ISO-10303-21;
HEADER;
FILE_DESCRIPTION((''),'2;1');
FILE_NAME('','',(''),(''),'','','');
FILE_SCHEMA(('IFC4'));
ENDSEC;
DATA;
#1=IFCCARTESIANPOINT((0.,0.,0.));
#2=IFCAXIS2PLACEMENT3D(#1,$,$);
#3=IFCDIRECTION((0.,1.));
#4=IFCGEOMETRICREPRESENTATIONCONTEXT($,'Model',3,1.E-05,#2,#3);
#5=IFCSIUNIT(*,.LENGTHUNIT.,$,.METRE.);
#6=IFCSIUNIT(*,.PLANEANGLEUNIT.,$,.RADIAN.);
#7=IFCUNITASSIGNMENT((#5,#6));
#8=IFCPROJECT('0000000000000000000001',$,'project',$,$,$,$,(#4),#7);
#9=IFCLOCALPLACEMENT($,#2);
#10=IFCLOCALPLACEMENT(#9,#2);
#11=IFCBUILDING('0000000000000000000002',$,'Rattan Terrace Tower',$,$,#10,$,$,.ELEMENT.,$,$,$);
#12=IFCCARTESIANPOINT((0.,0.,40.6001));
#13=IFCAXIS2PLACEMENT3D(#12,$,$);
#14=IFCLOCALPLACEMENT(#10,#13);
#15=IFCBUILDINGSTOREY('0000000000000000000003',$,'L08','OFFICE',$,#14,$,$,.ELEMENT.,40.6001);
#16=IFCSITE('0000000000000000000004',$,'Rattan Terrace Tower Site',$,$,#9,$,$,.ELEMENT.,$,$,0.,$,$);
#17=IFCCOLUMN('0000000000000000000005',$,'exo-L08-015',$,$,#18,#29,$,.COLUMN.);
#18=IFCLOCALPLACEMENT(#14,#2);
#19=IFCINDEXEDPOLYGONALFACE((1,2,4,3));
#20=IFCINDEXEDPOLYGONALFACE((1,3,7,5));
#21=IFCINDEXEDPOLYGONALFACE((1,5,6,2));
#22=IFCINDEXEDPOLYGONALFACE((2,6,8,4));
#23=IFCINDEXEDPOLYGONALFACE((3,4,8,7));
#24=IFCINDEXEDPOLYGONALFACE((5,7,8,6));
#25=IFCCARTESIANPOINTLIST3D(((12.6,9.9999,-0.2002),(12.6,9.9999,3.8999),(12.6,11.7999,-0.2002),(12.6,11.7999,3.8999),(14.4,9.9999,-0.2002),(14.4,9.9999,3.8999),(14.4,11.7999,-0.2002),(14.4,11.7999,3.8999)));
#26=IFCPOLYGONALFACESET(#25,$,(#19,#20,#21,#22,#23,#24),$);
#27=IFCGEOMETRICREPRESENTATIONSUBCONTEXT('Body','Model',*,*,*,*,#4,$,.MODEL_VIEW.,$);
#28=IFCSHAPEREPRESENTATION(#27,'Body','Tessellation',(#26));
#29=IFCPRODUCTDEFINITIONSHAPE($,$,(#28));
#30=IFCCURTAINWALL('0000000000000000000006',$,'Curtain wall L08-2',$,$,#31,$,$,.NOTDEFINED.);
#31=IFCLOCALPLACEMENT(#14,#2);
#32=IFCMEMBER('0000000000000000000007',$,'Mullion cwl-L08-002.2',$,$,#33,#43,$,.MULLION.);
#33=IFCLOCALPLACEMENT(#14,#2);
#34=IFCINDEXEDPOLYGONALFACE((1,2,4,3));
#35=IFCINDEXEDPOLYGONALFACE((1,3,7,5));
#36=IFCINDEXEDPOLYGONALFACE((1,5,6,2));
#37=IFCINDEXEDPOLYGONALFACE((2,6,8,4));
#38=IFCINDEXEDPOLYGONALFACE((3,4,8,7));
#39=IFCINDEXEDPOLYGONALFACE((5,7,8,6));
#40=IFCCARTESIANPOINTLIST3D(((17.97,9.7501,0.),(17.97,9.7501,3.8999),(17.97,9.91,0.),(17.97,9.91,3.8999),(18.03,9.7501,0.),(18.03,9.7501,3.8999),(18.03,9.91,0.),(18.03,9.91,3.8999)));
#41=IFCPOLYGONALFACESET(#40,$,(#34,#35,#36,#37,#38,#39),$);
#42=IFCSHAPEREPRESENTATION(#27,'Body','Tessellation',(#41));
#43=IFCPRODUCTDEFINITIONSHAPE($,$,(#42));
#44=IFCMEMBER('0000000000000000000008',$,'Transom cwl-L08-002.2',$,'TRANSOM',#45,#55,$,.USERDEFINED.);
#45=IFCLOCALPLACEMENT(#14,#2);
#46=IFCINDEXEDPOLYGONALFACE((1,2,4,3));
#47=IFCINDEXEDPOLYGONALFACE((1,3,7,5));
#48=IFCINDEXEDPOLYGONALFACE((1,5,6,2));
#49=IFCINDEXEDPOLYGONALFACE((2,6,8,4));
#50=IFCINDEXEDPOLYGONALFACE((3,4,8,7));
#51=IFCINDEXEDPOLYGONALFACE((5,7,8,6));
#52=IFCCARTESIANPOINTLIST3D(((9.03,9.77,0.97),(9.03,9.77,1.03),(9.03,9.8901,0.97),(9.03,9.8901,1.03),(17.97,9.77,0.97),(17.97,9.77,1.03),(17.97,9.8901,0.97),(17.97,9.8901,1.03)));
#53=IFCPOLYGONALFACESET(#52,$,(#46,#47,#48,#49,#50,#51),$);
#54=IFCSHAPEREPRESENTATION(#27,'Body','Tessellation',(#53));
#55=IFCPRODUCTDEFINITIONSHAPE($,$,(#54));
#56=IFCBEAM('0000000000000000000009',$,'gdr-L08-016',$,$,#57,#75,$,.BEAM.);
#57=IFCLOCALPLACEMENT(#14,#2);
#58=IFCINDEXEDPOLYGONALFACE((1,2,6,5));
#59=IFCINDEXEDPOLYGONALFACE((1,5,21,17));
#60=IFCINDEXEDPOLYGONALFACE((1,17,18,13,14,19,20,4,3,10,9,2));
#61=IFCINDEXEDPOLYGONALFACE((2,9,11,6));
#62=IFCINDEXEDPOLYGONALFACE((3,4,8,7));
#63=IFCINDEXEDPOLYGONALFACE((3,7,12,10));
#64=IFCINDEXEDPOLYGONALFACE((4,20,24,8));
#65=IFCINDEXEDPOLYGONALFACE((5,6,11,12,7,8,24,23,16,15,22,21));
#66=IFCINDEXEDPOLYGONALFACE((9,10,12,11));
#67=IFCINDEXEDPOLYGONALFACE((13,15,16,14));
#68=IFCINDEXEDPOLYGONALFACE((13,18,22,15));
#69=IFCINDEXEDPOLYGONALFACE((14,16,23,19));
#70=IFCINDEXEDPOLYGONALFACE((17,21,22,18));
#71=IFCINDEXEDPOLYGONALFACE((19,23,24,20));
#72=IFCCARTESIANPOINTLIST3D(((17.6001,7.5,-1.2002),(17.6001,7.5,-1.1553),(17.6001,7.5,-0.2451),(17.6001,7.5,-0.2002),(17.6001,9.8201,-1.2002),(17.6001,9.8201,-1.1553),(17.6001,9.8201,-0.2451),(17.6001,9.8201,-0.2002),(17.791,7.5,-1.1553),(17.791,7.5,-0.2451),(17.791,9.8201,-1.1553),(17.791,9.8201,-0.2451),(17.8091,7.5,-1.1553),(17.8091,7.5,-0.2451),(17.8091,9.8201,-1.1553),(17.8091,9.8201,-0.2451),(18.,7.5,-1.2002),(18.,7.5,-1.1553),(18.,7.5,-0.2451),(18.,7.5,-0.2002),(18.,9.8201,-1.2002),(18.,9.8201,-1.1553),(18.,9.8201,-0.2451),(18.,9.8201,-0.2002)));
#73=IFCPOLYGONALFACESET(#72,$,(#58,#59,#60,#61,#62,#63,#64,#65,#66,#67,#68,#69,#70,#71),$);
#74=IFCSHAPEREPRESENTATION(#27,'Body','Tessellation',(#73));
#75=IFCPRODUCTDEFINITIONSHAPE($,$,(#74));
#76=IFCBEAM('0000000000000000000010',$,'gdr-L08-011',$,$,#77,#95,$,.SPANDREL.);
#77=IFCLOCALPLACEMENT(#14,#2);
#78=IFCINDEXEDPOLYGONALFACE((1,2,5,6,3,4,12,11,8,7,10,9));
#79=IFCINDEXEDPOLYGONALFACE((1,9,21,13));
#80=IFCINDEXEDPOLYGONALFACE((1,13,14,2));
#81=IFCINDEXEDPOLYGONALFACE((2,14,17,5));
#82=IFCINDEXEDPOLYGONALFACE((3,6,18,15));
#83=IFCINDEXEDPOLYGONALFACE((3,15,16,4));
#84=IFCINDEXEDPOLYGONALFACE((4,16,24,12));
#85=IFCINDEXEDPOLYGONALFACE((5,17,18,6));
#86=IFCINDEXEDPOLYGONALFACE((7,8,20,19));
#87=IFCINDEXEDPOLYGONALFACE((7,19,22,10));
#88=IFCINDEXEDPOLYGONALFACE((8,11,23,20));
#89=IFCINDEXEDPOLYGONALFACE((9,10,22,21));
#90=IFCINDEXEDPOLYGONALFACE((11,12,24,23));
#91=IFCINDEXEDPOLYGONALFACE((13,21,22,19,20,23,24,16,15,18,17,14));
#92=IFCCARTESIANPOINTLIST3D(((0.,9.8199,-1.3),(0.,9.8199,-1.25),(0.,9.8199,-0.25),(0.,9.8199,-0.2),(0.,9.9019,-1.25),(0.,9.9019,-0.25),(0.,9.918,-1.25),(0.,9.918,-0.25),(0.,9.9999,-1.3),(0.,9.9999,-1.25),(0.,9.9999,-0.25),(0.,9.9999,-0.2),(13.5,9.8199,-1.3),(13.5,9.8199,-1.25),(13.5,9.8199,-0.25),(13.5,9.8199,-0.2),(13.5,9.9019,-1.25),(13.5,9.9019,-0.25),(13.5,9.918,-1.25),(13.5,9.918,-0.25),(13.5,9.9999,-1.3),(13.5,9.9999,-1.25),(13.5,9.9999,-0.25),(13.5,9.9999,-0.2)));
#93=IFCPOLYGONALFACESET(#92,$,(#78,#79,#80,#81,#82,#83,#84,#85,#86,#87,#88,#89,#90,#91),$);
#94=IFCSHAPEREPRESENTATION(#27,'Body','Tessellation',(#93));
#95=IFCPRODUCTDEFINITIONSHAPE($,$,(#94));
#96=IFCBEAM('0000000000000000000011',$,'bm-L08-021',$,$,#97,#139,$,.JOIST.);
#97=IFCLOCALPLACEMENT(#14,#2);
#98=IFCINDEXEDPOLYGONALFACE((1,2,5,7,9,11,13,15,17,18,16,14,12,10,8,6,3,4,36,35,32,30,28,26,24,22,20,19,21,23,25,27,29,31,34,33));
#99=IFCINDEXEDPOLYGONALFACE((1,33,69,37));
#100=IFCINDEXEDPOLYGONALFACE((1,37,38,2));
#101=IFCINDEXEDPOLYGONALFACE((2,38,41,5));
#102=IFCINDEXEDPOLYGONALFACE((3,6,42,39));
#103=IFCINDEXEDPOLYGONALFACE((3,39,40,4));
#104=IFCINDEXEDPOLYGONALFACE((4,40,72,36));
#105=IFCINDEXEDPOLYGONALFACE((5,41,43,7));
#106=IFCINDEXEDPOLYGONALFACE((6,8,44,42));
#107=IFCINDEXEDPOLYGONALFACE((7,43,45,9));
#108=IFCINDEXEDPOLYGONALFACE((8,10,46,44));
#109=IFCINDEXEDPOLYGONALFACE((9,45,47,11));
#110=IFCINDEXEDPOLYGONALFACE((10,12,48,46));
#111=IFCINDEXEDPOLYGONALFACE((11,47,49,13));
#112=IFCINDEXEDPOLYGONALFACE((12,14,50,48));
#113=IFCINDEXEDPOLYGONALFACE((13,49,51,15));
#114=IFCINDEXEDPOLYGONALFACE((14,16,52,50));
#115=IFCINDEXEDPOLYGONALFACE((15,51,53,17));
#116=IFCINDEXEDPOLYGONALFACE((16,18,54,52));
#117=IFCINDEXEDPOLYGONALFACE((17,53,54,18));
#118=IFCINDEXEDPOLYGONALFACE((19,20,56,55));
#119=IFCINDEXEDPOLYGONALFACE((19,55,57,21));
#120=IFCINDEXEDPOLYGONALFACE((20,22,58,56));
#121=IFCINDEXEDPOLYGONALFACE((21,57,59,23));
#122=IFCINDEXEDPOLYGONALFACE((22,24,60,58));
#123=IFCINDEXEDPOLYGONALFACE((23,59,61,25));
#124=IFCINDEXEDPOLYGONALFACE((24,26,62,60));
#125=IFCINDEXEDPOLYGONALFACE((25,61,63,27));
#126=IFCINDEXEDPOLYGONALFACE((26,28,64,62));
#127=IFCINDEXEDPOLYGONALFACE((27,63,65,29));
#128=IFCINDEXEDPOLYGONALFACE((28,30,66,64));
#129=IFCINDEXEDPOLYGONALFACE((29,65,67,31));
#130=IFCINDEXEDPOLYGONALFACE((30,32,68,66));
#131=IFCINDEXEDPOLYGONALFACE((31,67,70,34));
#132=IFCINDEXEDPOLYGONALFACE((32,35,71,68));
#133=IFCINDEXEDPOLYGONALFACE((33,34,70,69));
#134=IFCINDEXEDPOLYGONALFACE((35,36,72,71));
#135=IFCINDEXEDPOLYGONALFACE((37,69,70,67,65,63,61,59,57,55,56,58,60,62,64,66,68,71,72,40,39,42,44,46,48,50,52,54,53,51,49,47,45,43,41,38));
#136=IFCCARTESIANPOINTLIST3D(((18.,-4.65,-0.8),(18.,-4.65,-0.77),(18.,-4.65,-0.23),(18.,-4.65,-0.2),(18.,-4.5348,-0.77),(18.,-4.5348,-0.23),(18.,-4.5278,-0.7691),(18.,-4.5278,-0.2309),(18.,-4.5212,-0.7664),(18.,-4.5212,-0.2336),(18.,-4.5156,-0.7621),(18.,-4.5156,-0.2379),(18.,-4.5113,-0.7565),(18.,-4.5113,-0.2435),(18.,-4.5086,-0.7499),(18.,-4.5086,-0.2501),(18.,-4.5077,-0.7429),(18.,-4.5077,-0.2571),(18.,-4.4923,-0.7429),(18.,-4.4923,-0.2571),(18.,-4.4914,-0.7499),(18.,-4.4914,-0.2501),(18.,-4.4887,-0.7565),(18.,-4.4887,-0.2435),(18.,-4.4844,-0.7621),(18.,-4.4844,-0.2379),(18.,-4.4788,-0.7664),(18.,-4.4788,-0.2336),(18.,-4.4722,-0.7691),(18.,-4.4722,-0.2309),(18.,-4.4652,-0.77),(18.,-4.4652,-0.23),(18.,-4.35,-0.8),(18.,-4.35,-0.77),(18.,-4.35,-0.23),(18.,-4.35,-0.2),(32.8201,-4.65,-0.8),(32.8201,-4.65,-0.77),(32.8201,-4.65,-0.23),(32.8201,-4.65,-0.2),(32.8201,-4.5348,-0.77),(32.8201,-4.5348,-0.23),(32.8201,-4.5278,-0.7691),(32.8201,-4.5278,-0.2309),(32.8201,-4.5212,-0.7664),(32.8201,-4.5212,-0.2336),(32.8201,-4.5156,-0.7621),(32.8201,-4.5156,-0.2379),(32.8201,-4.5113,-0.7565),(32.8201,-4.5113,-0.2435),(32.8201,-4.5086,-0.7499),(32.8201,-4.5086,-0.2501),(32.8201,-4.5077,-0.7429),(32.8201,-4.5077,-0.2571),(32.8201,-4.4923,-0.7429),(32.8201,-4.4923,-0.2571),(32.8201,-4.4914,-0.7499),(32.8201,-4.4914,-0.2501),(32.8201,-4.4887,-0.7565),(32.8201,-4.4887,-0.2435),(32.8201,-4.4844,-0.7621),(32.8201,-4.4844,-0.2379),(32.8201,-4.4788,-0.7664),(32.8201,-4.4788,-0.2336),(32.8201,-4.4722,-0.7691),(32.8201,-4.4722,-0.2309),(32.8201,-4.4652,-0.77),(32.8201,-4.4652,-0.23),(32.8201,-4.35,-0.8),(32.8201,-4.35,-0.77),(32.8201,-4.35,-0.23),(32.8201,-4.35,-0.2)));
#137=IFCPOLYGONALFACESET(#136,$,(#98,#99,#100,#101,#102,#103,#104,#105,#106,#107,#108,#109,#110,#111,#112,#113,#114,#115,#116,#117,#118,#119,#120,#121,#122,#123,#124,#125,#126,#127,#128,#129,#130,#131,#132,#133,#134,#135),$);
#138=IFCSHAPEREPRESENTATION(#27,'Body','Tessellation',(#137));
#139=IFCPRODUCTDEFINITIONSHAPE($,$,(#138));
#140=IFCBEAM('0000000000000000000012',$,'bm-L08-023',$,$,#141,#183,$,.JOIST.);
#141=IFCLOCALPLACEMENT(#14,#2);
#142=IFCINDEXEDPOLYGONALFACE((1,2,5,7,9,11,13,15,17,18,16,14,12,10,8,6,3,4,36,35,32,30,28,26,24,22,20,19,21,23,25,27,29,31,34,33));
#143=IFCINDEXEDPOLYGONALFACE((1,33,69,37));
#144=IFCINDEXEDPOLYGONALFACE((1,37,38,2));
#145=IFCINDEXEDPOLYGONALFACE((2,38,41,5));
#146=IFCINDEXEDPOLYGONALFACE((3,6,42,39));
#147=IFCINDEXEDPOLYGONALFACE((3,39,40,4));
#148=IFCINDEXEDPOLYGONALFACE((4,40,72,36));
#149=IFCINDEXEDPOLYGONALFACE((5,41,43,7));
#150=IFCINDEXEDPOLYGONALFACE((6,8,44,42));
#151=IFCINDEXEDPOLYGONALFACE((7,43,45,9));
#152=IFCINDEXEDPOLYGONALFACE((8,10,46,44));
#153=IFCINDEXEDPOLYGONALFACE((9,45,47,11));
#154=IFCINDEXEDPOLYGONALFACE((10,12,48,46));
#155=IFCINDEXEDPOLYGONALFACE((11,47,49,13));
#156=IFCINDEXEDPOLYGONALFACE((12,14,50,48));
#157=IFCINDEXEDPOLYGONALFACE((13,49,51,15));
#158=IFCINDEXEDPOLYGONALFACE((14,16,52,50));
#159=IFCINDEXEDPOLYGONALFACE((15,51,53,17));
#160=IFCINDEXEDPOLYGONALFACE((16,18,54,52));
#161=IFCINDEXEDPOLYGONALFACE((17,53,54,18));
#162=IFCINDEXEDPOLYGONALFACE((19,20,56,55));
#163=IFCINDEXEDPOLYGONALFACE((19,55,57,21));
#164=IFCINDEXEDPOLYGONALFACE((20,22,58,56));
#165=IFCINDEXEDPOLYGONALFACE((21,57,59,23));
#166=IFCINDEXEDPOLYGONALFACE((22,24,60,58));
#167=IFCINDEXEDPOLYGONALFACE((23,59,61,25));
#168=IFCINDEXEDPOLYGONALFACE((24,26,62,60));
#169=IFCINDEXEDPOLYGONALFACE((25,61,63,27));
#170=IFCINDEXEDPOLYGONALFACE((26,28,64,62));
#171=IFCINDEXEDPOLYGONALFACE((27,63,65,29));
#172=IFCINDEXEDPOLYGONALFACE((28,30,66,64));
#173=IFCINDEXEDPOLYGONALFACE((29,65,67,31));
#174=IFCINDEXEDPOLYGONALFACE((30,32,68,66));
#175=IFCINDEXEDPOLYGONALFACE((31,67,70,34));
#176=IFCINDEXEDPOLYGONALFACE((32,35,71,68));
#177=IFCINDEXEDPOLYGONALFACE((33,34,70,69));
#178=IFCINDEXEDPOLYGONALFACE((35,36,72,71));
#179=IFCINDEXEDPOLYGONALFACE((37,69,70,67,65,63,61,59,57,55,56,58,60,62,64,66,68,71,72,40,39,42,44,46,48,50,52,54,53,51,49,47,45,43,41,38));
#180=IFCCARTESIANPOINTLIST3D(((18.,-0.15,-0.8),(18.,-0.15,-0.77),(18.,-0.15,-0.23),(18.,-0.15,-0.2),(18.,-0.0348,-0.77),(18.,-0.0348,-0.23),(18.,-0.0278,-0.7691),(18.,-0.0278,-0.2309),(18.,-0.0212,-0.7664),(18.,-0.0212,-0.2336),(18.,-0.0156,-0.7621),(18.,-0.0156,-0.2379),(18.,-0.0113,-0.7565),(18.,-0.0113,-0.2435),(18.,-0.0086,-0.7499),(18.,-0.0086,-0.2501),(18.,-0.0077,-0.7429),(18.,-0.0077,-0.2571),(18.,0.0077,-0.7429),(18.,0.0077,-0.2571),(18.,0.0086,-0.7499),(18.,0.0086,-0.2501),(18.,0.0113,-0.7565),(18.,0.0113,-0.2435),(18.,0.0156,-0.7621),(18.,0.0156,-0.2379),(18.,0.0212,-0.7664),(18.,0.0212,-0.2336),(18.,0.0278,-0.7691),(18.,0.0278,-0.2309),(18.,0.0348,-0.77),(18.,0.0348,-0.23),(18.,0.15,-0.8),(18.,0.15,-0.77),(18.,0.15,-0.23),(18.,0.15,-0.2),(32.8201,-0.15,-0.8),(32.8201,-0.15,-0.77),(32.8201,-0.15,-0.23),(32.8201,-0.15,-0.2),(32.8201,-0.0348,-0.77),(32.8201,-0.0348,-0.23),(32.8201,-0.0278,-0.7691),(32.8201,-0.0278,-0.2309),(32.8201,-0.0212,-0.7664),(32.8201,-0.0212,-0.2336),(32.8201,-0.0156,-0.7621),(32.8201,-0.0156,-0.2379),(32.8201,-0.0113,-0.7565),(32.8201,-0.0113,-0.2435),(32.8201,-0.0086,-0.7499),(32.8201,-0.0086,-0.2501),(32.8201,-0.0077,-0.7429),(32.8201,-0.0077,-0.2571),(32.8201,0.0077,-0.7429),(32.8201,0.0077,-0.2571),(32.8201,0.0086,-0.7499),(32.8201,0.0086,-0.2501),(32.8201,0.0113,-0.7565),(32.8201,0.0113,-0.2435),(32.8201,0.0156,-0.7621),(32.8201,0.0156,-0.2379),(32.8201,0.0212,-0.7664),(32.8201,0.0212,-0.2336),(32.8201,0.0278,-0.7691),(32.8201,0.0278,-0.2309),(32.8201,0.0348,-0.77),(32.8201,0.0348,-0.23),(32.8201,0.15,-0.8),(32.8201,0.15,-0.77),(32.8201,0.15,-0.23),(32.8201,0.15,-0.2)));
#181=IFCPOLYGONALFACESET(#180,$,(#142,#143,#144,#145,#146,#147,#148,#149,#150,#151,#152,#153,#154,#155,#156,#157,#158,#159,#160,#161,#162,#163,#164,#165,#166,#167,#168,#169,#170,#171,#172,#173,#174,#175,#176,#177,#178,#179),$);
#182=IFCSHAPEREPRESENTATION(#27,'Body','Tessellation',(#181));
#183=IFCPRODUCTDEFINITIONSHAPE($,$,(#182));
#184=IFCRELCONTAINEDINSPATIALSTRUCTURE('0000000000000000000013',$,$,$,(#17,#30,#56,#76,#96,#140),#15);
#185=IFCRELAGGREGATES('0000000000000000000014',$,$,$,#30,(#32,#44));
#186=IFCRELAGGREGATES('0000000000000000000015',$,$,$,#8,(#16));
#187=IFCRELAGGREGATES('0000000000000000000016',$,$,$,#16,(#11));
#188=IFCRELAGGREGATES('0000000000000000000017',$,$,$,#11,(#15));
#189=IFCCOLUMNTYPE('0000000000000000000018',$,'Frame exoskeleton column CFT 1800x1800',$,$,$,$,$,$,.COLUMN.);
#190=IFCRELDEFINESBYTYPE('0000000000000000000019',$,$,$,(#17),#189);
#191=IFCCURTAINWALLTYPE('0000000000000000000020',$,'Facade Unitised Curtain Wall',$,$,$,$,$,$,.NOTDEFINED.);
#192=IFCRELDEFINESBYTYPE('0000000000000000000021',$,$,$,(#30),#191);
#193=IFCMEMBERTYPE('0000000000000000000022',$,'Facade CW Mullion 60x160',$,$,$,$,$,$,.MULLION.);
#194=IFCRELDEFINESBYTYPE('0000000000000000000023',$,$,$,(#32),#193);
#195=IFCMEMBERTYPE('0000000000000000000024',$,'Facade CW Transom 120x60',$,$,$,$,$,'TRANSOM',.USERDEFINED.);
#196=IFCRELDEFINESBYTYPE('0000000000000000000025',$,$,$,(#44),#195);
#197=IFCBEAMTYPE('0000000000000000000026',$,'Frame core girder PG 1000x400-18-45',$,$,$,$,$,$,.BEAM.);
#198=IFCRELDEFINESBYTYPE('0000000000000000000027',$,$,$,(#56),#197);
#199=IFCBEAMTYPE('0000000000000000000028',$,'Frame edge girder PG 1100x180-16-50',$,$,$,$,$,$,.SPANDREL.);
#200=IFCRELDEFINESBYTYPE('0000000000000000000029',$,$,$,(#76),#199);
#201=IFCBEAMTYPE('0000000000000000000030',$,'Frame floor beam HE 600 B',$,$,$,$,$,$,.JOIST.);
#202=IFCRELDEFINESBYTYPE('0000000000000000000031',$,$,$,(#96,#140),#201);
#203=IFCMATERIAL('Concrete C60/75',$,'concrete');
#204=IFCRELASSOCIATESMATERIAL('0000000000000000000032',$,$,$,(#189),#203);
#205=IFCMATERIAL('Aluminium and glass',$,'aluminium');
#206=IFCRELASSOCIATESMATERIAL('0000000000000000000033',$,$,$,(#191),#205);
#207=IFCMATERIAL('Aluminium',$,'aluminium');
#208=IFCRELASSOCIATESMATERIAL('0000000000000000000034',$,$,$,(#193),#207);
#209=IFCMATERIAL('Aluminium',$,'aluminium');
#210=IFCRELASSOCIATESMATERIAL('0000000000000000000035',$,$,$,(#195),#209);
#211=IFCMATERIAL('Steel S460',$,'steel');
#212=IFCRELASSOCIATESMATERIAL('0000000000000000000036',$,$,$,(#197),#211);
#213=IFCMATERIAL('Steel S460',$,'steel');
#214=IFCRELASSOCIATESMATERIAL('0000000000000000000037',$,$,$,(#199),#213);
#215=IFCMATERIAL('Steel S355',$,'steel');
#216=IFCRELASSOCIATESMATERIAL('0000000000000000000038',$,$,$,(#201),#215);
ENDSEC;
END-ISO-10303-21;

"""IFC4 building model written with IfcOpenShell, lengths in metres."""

from ifc_helpers import new_model, si_unit, direction, frame, origin, origin_2d, place, context, subcontext, project, spatial, rectangle, i_section, extrude, material, material_profile, profile_set, type_object, element, aggregate, save


model = new_model("IFC4")

# Units and contexts
model_context = context("Model", 3, precision=1e-05, world=origin(), true_north=direction((0.0, 1.0)))
body_context = subcontext(model_context, "Body", "Model", "MODEL_VIEW")
ifc_project = project(units=[si_unit("LENGTHUNIT", "METRE"), si_unit("PLANEANGLEUNIT", "RADIAN")], contexts=[model_context])

# Site, building, storey
site_placement = place(None, origin())
site = spatial("IfcSite", under=ifc_project, at=site_placement, Name="Rattan Terrace Tower Site", CompositionType="ELEMENT", RefElevation=0.0)
building_placement = place(site_placement, origin())
building = spatial("IfcBuilding", under=site, at=building_placement, Name="Rattan Terrace Tower", CompositionType="ELEMENT")
storey_placement = place(building_placement, frame((0.0, 0.0, 40.6001)))
storey = spatial("IfcBuildingStorey", under=building, at=storey_placement, Name="L08", Description="OFFICE", CompositionType="ELEMENT", Elevation=40.6001)

# Column
ifc_material_1 = material(Name="Concrete C60/75", Category="concrete")
ifc_material_profile_1 = material_profile(ifc_material_1, rectangle(XDim=1.8, YDim=1.8, at=origin_2d()), Name="CFT 1800x1800")
ifc_profile_set_1 = profile_set([ifc_material_profile_1], Name="Concrete C60/75")
column_type = type_object("IfcColumnType", Name="Frame exoskeleton column CFT 1800x1800", PredefinedType="COLUMN", material=ifc_profile_set_1)
column_placement = place(storey_placement, frame((13.5, 10.8999, -0.2002), z_axis=(0.0, 0.0, 1.0), x_axis=(1.0, 0.0, 0.0)))
element("IfcColumn", 1, at=column_placement, inside=storey, type_object=column_type, Name="exo-L08-015", PredefinedType="COLUMN", context=body_context, shape_type="SweptSolid", body=[
    extrude(rectangle(XDim=1.8, YDim=1.8, at=origin_2d()), origin(), (0.0, 0.0, 1.0), 4.1001),
])

# Curtain wall, members
ifc_material_2 = material(Name="Aluminium and glass", Category="aluminium")
curtain_wall_type = type_object("IfcCurtainWallType", Name="Facade Unitised Curtain Wall", PredefinedType="NOTDEFINED", material=ifc_material_2)
curtain_wall_placement = place(storey_placement, origin())
curtain_wall = element("IfcCurtainWall", 2, at=curtain_wall_placement, inside=storey, type_object=curtain_wall_type, Name="Curtain wall L08-2", PredefinedType="NOTDEFINED")
ifc_material_3 = material(Name="Aluminium", Category="aluminium")
ifc_material_profile_2 = material_profile(ifc_material_3, rectangle(XDim=0.0601, YDim=0.1599, at=origin_2d()), Name="Aluminium 60x160")
ifc_profile_set_2 = profile_set([ifc_material_profile_2], Name="Aluminium")
member_type_1 = type_object("IfcMemberType", Name="Facade CW Mullion 60x160", PredefinedType="MULLION", material=ifc_profile_set_2)
member_1_placement = place(storey_placement, frame((18.0, 9.8301, 0.0), z_axis=(0.0, 0.0, 1.0), x_axis=(-1.0, 0.0, 0.0)))
member_1 = element("IfcMember", 3, at=member_1_placement, type_object=member_type_1, Name="Mullion cwl-L08-002.2", PredefinedType="MULLION", context=body_context, shape_type="SweptSolid", body=[
    extrude(rectangle(XDim=0.0601, YDim=0.1599, at=origin_2d()), origin(), (0.0, 0.0, 1.0), 3.8999),
])
ifc_material_4 = material(Name="Aluminium", Category="aluminium")
ifc_material_profile_3 = material_profile(ifc_material_4, rectangle(XDim=0.1201, YDim=0.0601, at=origin_2d()), Name="Aluminium 120x60")
ifc_profile_set_3 = profile_set([ifc_material_profile_3], Name="Aluminium")
member_type_2 = type_object("IfcMemberType", Name="Facade CW Transom 120x60", ElementType="TRANSOM", PredefinedType="USERDEFINED", material=ifc_profile_set_3)
member_2_placement = place(storey_placement, frame((17.97, 9.8301, 1.0), z_axis=(-1.0, 0.0, 0.0), x_axis=(0.0, -1.0, 0.0)))
member_2 = element("IfcMember", 4, at=member_2_placement, type_object=member_type_2, Name="Transom cwl-L08-002.2", ObjectType="TRANSOM", PredefinedType="USERDEFINED", context=body_context, shape_type="SweptSolid", body=[
    extrude(rectangle(XDim=0.1201, YDim=0.0601, at=origin_2d()), origin(), (0.0, 0.0, 1.0), 8.9399),
])

# Beams
ifc_material_5 = material(Name="Steel S460", Category="steel")
ifc_material_profile_4 = material_profile(ifc_material_5, i_section(OverallWidth=0.3999, OverallDepth=1.0, WebThickness=0.0181, FlangeThickness=0.0449, at=origin_2d()), Name="PG 1000x400-18-45")
ifc_profile_set_4 = profile_set([ifc_material_profile_4], Name="Steel S460")
beam_type_1 = type_object("IfcBeamType", Name="Frame core girder PG 1000x400-18-45", PredefinedType="BEAM", material=ifc_profile_set_4)
beam_1_placement = place(storey_placement, frame((17.8, 7.5, -0.7002), z_axis=(0.0, 1.0, 0.0), x_axis=(-1.0, 0.0, 0.0)))
element("IfcBeam", 5, at=beam_1_placement, inside=storey, type_object=beam_type_1, Name="gdr-L08-016", PredefinedType="BEAM", context=body_context, shape_type="SweptSolid", body=[
    extrude(i_section(OverallWidth=0.3999, OverallDepth=1.0, WebThickness=0.0181, FlangeThickness=0.0449, at=origin_2d()), origin(), (0.0, 0.0, 1.0), 2.3201),
])
ifc_material_6 = material(Name="Steel S460", Category="steel")
ifc_material_profile_5 = material_profile(ifc_material_6, i_section(OverallWidth=0.1799, OverallDepth=1.1001, WebThickness=0.0161, FlangeThickness=0.05, at=origin_2d()), Name="PG 1100x180-16-50")
ifc_profile_set_5 = profile_set([ifc_material_profile_5], Name="Steel S460")
beam_type_2 = type_object("IfcBeamType", Name="Frame edge girder PG 1100x180-16-50", PredefinedType="SPANDREL", material=ifc_profile_set_5)
beam_2_placement = place(storey_placement, frame((13.5, 9.9099, -0.75), z_axis=(-1.0, 0.0, 0.0), x_axis=(0.0, -1.0, 0.0)))
element("IfcBeam", 6, at=beam_2_placement, inside=storey, type_object=beam_type_2, Name="gdr-L08-011", PredefinedType="SPANDREL", context=body_context, shape_type="SweptSolid", body=[
    extrude(i_section(OverallWidth=0.1799, OverallDepth=1.1001, WebThickness=0.0161, FlangeThickness=0.05, at=origin_2d()), origin(), (0.0, 0.0, 1.0), 13.5),
])
ifc_material_7 = material(Name="Steel S355", Category="steel")
ifc_material_profile_6 = material_profile(ifc_material_7, i_section(OverallWidth=0.3, OverallDepth=0.6001, WebThickness=0.0154, FlangeThickness=0.03, FilletRadius=0.0271, at=origin_2d()), Name="HE 600 B")
ifc_profile_set_6 = profile_set([ifc_material_profile_6], Name="Steel S355")
beam_type_3 = type_object("IfcBeamType", Name="Frame floor beam HE 600 B", PredefinedType="JOIST", material=ifc_profile_set_6)
for number, where, z_axis, x_axis, name in (
    (7, (18.0, -4.5, -0.5), (1.0, 0.0, 0.0), (0.0, 1.0, 0.0), "bm-L08-021"),
    (8, (18.0, 0.0, -0.5), (1.0, 0.0, 0.0), (0.0, 1.0, 0.0), "bm-L08-023"),
):
    element("IfcBeam", number, at=place(storey_placement, frame(where, z_axis=z_axis, x_axis=x_axis)), inside=storey, type_object=beam_type_3, Name=name, PredefinedType="JOIST", context=body_context, shape_type="SweptSolid", body=[
        extrude(i_section(OverallWidth=0.3, OverallDepth=0.6001, WebThickness=0.0154, FlangeThickness=0.03, FilletRadius=0.0271, at=origin_2d()), origin(), (0.0, 0.0, 1.0), 14.8201),
    ])

aggregate(curtain_wall, [member_1, member_2])

save(model, "model.ifc")
